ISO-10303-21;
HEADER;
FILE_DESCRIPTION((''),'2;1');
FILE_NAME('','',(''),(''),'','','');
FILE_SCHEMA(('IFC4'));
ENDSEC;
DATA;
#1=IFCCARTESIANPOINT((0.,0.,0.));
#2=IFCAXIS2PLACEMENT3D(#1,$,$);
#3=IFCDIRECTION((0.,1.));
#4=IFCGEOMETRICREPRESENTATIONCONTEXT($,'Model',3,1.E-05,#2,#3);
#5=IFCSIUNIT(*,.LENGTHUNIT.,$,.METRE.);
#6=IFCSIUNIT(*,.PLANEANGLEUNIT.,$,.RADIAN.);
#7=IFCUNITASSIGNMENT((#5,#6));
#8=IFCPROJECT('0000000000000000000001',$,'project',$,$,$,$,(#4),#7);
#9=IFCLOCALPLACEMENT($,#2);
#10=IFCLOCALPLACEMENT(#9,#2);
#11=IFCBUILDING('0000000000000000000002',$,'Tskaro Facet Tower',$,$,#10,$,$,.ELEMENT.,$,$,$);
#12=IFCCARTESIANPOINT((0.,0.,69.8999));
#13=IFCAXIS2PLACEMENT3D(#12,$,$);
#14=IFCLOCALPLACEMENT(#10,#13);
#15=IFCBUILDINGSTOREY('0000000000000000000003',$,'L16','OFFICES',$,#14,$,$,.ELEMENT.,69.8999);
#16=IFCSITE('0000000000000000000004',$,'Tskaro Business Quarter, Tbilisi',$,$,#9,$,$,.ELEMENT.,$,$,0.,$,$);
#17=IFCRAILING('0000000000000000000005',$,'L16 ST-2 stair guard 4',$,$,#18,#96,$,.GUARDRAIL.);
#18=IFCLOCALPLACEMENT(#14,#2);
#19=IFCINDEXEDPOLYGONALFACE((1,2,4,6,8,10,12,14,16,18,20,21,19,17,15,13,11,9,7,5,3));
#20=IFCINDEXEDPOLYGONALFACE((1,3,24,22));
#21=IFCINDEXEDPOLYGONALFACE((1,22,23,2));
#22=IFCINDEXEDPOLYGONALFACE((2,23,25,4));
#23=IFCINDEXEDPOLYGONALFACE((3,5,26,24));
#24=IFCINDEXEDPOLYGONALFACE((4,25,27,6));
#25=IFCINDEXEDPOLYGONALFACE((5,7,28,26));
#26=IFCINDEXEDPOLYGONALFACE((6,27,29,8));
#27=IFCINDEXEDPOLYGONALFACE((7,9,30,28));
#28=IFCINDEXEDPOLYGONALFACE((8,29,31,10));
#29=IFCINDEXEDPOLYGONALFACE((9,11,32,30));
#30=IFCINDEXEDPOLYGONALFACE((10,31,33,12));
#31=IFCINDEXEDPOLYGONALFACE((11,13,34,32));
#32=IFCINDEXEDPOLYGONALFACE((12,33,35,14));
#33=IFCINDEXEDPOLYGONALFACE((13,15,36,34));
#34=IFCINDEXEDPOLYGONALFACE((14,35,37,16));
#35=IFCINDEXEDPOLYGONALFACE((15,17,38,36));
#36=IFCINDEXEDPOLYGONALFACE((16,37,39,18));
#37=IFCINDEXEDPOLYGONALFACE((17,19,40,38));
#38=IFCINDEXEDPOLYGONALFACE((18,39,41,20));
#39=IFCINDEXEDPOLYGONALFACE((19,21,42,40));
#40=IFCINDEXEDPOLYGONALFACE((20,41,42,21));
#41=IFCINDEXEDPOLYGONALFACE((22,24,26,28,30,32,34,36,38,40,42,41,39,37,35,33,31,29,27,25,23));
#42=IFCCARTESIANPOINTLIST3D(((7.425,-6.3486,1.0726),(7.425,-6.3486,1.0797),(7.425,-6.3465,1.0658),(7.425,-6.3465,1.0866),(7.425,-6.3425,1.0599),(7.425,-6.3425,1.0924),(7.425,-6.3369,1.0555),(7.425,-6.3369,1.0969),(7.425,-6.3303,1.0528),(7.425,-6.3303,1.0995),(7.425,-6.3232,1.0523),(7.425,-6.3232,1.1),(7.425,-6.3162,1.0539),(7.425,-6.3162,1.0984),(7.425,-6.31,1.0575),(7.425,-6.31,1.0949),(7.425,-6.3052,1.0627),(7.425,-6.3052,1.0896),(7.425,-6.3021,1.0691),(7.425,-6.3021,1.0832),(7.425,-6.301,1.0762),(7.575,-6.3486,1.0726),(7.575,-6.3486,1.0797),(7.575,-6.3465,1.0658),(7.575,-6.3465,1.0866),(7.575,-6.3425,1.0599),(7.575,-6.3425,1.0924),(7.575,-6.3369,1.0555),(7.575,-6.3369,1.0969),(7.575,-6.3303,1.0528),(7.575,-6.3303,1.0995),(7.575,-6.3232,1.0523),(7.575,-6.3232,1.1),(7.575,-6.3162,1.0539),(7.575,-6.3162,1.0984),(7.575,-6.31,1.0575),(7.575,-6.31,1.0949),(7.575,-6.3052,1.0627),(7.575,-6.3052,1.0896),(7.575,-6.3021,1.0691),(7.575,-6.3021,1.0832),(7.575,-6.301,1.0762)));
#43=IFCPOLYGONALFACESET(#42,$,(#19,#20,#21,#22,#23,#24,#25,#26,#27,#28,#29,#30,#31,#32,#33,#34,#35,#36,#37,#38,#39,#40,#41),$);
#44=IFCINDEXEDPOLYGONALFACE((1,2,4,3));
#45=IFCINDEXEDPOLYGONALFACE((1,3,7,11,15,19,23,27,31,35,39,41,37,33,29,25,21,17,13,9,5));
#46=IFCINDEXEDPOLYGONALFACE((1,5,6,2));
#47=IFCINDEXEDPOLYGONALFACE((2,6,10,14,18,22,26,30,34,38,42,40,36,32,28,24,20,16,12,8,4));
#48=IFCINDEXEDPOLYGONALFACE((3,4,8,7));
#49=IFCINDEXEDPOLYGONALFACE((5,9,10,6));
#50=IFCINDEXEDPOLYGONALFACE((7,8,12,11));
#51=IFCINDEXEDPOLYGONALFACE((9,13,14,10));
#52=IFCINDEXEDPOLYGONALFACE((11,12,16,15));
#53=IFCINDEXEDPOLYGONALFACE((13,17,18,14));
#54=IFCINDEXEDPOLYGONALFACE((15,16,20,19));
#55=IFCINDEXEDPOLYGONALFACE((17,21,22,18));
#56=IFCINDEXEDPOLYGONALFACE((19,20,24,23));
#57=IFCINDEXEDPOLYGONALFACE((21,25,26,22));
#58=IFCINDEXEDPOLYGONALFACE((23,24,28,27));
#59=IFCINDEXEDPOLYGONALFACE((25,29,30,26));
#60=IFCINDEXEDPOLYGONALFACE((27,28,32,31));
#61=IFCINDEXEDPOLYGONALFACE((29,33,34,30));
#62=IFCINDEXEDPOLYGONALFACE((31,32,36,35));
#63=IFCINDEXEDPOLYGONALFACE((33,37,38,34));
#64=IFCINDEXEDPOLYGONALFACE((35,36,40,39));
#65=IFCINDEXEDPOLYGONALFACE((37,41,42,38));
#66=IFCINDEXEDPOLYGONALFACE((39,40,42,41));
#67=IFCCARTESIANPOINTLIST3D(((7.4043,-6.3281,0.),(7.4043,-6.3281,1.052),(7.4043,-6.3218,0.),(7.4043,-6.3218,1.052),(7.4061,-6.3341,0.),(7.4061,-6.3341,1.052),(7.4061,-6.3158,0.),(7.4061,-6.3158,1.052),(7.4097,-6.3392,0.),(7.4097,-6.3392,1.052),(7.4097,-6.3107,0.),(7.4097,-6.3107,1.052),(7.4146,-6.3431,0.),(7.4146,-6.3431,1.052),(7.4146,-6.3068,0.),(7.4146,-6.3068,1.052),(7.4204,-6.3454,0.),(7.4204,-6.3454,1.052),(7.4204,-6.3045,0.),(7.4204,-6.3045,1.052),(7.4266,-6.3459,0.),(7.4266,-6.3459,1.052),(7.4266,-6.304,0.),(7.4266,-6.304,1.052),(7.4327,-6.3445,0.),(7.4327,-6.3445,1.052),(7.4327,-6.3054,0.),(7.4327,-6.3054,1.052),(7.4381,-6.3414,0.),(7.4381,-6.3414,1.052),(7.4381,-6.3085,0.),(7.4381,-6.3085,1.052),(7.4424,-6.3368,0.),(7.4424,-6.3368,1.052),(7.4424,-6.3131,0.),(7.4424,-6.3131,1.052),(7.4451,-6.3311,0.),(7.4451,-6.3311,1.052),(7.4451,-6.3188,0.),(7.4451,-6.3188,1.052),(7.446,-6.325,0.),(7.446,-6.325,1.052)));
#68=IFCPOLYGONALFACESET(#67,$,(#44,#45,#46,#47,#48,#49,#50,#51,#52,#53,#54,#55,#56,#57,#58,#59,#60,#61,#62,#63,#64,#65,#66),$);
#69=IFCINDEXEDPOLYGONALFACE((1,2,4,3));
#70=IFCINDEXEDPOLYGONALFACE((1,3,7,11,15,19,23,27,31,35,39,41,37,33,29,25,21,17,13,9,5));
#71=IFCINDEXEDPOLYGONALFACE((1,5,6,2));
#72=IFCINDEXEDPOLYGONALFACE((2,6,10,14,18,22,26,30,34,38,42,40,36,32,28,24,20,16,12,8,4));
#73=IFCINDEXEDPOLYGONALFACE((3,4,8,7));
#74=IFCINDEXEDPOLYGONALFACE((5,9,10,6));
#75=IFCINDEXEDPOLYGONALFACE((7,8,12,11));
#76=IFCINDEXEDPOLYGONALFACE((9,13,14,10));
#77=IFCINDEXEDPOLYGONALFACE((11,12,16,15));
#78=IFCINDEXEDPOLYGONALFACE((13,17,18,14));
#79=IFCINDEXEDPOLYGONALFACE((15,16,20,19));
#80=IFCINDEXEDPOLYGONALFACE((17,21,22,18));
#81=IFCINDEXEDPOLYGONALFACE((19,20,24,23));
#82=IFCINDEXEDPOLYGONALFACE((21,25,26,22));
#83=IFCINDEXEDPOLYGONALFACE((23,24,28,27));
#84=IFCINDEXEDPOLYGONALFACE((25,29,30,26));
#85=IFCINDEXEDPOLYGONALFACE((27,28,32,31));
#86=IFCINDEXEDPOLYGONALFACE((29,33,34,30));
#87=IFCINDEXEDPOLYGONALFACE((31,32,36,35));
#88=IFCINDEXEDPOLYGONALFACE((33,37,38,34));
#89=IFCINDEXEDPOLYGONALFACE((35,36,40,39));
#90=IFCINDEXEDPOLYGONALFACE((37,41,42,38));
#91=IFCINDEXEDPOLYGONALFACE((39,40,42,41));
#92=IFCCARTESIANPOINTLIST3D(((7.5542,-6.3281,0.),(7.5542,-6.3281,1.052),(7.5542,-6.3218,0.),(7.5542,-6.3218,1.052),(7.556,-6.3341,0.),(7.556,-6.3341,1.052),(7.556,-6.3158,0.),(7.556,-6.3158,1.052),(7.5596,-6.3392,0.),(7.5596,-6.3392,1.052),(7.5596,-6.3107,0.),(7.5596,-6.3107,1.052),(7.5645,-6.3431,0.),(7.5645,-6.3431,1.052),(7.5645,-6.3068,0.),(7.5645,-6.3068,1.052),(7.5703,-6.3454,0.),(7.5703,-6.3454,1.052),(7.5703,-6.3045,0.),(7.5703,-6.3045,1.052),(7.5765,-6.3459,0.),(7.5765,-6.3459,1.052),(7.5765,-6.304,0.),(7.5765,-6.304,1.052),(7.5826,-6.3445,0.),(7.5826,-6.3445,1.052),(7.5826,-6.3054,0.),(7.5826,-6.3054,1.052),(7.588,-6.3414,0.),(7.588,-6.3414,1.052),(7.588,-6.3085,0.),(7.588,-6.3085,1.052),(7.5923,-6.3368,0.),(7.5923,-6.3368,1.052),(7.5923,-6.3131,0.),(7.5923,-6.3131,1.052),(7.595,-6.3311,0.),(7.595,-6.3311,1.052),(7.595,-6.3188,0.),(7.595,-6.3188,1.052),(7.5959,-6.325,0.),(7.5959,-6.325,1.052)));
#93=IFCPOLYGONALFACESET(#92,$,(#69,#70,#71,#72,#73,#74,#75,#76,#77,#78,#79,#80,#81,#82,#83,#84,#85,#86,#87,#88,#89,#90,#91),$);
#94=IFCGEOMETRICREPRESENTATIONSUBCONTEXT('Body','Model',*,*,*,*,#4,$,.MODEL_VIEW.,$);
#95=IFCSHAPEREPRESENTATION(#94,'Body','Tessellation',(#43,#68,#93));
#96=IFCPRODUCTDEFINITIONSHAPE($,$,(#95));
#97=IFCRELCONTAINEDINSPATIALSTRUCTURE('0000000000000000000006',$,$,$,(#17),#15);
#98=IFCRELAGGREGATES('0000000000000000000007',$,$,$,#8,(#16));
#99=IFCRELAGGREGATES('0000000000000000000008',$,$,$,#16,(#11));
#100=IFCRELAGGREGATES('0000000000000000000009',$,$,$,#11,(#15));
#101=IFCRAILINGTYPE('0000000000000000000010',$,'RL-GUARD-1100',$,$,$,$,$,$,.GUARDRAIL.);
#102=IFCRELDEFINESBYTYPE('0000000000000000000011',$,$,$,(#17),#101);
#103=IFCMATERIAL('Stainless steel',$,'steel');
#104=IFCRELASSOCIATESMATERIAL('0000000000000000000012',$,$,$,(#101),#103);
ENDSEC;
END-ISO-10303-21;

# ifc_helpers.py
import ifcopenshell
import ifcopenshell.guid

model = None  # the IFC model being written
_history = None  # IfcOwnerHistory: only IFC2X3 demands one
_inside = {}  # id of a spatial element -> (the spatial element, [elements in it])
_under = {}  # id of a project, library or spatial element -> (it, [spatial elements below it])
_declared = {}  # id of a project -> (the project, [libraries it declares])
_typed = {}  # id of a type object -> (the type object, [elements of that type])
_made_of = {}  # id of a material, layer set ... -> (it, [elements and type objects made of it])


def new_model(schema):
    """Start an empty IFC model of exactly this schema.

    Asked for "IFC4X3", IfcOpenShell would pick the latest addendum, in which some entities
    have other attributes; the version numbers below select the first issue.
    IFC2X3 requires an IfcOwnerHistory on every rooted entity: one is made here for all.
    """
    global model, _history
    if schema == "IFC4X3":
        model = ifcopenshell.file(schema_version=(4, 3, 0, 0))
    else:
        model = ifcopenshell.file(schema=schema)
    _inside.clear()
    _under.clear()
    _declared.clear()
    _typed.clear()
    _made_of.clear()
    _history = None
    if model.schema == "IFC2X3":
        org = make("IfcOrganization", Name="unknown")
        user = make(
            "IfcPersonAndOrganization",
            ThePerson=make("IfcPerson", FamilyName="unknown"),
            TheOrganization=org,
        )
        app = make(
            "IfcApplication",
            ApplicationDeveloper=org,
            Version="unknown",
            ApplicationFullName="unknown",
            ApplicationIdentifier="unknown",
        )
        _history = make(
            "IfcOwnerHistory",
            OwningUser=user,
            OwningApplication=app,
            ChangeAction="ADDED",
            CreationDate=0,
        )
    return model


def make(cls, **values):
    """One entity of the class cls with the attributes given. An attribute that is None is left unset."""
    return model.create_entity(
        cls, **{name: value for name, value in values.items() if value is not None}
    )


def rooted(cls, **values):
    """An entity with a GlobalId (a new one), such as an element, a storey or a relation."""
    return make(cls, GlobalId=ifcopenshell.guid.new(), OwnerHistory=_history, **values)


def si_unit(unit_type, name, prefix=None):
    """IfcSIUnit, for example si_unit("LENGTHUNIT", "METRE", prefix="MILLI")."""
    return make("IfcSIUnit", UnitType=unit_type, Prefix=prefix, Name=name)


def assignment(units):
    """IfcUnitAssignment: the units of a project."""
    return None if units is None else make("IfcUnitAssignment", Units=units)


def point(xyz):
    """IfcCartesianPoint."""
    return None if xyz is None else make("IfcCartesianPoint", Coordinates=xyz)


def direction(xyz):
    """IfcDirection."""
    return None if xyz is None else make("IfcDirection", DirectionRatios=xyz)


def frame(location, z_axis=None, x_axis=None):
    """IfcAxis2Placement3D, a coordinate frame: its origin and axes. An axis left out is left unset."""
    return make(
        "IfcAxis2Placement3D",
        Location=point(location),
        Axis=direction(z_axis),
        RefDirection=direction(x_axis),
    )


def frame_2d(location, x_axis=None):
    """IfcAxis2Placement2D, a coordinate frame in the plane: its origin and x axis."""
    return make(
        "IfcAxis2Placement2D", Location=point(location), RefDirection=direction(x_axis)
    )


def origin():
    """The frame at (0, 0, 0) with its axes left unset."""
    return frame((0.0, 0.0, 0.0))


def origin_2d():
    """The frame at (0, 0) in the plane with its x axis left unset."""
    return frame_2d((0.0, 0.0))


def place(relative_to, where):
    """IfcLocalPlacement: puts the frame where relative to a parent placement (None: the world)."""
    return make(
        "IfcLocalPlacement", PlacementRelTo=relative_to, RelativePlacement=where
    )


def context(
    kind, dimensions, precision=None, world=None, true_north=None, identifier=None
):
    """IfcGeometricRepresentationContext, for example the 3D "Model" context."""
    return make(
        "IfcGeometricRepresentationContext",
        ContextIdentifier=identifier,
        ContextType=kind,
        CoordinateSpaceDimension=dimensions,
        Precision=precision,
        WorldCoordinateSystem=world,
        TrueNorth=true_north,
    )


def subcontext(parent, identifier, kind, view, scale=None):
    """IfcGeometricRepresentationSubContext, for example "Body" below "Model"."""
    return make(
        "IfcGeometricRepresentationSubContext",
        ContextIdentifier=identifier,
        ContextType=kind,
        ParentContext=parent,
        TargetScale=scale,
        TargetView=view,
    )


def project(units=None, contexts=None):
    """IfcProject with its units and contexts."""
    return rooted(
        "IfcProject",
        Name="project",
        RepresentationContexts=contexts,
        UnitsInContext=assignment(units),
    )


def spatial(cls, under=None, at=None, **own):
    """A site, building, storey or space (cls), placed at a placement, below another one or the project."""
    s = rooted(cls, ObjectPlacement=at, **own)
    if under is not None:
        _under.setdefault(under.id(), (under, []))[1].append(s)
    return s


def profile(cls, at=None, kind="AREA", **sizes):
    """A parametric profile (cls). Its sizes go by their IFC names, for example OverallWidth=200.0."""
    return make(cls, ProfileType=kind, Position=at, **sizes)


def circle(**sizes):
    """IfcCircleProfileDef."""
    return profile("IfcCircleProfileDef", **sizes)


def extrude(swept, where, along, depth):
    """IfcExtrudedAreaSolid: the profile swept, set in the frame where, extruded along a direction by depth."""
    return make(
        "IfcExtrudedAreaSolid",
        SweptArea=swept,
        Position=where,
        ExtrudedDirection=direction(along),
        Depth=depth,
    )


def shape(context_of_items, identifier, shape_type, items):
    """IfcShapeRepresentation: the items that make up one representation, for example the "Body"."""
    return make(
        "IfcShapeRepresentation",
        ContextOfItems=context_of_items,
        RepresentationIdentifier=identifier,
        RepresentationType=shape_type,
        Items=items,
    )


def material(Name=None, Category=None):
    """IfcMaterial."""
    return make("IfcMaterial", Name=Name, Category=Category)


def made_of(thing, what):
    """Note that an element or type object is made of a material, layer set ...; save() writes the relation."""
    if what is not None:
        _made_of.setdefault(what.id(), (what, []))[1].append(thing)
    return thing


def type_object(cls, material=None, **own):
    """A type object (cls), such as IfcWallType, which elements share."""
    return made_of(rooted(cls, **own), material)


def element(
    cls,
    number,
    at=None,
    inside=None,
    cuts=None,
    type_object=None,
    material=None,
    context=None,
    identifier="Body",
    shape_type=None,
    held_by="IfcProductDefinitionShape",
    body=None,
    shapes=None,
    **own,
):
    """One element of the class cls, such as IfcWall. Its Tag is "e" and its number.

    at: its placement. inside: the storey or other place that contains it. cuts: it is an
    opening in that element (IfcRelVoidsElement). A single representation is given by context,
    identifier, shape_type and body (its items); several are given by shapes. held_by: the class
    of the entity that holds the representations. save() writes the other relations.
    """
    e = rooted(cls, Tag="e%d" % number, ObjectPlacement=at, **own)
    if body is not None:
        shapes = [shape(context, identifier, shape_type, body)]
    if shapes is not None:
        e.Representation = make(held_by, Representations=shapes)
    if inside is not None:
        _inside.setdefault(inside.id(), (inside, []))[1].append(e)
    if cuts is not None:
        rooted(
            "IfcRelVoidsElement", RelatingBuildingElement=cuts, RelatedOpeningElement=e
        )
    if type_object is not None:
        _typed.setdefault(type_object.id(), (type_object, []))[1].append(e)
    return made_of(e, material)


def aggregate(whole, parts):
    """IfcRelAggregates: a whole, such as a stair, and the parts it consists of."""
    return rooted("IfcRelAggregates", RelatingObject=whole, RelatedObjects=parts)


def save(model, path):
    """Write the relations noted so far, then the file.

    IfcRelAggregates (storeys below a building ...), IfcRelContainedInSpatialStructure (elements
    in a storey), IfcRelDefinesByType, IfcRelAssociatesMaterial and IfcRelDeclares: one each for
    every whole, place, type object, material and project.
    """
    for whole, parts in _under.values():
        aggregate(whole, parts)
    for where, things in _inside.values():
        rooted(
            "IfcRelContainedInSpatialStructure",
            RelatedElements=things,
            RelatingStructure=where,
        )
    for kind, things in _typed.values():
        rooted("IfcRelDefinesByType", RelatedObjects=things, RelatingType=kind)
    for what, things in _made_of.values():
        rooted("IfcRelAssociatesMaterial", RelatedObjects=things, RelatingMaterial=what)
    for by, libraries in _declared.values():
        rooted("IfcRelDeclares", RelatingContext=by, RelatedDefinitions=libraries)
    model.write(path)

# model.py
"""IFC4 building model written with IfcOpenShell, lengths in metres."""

from ifc_helpers import new_model, si_unit, direction, frame, origin, origin_2d, place, context, subcontext, project, spatial, circle, extrude, material, type_object, element, save


model = new_model("IFC4")

# Units and contexts
model_context = context("Model", 3, precision=1e-05, world=origin(), true_north=direction((0.0, 1.0)))
body_context = subcontext(model_context, "Body", "Model", "MODEL_VIEW")
ifc_project = project(units=[si_unit("LENGTHUNIT", "METRE"), si_unit("PLANEANGLEUNIT", "RADIAN")], contexts=[model_context])

# Site, building, storey
site_placement = place(None, origin())
site = spatial("IfcSite", under=ifc_project, at=site_placement, Name="Tskaro Business Quarter, Tbilisi", CompositionType="ELEMENT", RefElevation=0.0)
building_placement = place(site_placement, origin())
building = spatial("IfcBuilding", under=site, at=building_placement, Name="Tskaro Facet Tower", CompositionType="ELEMENT")
storey_placement = place(building_placement, frame((0.0, 0.0, 69.8999)))
storey = spatial("IfcBuildingStorey", under=building, at=storey_placement, Name="L16", Description="OFFICES", CompositionType="ELEMENT", Elevation=69.8999)

# Railing
ifc_material_1 = material(Name="Stainless steel", Category="steel")
railing_type_1 = type_object("IfcRailingType", Name="RL-GUARD-1100", PredefinedType="GUARDRAIL", material=ifc_material_1)
railing_1_placement = place(storey_placement, frame((7.425, -6.325, 0.0)))
element("IfcRailing", 1, at=railing_1_placement, inside=storey, type_object=railing_type_1, Name="L16 ST-2 stair guard 4", PredefinedType="GUARDRAIL", context=body_context, shape_type="SweptSolid", body=[
    extrude(circle(Radius=0.0239, at=origin_2d()), frame((0.0, 0.0, 1.0762), z_axis=(1.0, 0.0, 0.0), x_axis=(0.0, 1.0, 0.0)), (0.0, 0.0, 1.0), 0.1499),
    extrude(circle(Radius=0.021, at=origin_2d()), origin(), (0.0, 0.0, 1.0), 1.052),
    extrude(circle(Radius=0.021, at=origin_2d()), frame((0.1499, 0.0, 0.0)), (0.0, 0.0, 1.0), 1.052),
])

save(model, "model.ifc")
